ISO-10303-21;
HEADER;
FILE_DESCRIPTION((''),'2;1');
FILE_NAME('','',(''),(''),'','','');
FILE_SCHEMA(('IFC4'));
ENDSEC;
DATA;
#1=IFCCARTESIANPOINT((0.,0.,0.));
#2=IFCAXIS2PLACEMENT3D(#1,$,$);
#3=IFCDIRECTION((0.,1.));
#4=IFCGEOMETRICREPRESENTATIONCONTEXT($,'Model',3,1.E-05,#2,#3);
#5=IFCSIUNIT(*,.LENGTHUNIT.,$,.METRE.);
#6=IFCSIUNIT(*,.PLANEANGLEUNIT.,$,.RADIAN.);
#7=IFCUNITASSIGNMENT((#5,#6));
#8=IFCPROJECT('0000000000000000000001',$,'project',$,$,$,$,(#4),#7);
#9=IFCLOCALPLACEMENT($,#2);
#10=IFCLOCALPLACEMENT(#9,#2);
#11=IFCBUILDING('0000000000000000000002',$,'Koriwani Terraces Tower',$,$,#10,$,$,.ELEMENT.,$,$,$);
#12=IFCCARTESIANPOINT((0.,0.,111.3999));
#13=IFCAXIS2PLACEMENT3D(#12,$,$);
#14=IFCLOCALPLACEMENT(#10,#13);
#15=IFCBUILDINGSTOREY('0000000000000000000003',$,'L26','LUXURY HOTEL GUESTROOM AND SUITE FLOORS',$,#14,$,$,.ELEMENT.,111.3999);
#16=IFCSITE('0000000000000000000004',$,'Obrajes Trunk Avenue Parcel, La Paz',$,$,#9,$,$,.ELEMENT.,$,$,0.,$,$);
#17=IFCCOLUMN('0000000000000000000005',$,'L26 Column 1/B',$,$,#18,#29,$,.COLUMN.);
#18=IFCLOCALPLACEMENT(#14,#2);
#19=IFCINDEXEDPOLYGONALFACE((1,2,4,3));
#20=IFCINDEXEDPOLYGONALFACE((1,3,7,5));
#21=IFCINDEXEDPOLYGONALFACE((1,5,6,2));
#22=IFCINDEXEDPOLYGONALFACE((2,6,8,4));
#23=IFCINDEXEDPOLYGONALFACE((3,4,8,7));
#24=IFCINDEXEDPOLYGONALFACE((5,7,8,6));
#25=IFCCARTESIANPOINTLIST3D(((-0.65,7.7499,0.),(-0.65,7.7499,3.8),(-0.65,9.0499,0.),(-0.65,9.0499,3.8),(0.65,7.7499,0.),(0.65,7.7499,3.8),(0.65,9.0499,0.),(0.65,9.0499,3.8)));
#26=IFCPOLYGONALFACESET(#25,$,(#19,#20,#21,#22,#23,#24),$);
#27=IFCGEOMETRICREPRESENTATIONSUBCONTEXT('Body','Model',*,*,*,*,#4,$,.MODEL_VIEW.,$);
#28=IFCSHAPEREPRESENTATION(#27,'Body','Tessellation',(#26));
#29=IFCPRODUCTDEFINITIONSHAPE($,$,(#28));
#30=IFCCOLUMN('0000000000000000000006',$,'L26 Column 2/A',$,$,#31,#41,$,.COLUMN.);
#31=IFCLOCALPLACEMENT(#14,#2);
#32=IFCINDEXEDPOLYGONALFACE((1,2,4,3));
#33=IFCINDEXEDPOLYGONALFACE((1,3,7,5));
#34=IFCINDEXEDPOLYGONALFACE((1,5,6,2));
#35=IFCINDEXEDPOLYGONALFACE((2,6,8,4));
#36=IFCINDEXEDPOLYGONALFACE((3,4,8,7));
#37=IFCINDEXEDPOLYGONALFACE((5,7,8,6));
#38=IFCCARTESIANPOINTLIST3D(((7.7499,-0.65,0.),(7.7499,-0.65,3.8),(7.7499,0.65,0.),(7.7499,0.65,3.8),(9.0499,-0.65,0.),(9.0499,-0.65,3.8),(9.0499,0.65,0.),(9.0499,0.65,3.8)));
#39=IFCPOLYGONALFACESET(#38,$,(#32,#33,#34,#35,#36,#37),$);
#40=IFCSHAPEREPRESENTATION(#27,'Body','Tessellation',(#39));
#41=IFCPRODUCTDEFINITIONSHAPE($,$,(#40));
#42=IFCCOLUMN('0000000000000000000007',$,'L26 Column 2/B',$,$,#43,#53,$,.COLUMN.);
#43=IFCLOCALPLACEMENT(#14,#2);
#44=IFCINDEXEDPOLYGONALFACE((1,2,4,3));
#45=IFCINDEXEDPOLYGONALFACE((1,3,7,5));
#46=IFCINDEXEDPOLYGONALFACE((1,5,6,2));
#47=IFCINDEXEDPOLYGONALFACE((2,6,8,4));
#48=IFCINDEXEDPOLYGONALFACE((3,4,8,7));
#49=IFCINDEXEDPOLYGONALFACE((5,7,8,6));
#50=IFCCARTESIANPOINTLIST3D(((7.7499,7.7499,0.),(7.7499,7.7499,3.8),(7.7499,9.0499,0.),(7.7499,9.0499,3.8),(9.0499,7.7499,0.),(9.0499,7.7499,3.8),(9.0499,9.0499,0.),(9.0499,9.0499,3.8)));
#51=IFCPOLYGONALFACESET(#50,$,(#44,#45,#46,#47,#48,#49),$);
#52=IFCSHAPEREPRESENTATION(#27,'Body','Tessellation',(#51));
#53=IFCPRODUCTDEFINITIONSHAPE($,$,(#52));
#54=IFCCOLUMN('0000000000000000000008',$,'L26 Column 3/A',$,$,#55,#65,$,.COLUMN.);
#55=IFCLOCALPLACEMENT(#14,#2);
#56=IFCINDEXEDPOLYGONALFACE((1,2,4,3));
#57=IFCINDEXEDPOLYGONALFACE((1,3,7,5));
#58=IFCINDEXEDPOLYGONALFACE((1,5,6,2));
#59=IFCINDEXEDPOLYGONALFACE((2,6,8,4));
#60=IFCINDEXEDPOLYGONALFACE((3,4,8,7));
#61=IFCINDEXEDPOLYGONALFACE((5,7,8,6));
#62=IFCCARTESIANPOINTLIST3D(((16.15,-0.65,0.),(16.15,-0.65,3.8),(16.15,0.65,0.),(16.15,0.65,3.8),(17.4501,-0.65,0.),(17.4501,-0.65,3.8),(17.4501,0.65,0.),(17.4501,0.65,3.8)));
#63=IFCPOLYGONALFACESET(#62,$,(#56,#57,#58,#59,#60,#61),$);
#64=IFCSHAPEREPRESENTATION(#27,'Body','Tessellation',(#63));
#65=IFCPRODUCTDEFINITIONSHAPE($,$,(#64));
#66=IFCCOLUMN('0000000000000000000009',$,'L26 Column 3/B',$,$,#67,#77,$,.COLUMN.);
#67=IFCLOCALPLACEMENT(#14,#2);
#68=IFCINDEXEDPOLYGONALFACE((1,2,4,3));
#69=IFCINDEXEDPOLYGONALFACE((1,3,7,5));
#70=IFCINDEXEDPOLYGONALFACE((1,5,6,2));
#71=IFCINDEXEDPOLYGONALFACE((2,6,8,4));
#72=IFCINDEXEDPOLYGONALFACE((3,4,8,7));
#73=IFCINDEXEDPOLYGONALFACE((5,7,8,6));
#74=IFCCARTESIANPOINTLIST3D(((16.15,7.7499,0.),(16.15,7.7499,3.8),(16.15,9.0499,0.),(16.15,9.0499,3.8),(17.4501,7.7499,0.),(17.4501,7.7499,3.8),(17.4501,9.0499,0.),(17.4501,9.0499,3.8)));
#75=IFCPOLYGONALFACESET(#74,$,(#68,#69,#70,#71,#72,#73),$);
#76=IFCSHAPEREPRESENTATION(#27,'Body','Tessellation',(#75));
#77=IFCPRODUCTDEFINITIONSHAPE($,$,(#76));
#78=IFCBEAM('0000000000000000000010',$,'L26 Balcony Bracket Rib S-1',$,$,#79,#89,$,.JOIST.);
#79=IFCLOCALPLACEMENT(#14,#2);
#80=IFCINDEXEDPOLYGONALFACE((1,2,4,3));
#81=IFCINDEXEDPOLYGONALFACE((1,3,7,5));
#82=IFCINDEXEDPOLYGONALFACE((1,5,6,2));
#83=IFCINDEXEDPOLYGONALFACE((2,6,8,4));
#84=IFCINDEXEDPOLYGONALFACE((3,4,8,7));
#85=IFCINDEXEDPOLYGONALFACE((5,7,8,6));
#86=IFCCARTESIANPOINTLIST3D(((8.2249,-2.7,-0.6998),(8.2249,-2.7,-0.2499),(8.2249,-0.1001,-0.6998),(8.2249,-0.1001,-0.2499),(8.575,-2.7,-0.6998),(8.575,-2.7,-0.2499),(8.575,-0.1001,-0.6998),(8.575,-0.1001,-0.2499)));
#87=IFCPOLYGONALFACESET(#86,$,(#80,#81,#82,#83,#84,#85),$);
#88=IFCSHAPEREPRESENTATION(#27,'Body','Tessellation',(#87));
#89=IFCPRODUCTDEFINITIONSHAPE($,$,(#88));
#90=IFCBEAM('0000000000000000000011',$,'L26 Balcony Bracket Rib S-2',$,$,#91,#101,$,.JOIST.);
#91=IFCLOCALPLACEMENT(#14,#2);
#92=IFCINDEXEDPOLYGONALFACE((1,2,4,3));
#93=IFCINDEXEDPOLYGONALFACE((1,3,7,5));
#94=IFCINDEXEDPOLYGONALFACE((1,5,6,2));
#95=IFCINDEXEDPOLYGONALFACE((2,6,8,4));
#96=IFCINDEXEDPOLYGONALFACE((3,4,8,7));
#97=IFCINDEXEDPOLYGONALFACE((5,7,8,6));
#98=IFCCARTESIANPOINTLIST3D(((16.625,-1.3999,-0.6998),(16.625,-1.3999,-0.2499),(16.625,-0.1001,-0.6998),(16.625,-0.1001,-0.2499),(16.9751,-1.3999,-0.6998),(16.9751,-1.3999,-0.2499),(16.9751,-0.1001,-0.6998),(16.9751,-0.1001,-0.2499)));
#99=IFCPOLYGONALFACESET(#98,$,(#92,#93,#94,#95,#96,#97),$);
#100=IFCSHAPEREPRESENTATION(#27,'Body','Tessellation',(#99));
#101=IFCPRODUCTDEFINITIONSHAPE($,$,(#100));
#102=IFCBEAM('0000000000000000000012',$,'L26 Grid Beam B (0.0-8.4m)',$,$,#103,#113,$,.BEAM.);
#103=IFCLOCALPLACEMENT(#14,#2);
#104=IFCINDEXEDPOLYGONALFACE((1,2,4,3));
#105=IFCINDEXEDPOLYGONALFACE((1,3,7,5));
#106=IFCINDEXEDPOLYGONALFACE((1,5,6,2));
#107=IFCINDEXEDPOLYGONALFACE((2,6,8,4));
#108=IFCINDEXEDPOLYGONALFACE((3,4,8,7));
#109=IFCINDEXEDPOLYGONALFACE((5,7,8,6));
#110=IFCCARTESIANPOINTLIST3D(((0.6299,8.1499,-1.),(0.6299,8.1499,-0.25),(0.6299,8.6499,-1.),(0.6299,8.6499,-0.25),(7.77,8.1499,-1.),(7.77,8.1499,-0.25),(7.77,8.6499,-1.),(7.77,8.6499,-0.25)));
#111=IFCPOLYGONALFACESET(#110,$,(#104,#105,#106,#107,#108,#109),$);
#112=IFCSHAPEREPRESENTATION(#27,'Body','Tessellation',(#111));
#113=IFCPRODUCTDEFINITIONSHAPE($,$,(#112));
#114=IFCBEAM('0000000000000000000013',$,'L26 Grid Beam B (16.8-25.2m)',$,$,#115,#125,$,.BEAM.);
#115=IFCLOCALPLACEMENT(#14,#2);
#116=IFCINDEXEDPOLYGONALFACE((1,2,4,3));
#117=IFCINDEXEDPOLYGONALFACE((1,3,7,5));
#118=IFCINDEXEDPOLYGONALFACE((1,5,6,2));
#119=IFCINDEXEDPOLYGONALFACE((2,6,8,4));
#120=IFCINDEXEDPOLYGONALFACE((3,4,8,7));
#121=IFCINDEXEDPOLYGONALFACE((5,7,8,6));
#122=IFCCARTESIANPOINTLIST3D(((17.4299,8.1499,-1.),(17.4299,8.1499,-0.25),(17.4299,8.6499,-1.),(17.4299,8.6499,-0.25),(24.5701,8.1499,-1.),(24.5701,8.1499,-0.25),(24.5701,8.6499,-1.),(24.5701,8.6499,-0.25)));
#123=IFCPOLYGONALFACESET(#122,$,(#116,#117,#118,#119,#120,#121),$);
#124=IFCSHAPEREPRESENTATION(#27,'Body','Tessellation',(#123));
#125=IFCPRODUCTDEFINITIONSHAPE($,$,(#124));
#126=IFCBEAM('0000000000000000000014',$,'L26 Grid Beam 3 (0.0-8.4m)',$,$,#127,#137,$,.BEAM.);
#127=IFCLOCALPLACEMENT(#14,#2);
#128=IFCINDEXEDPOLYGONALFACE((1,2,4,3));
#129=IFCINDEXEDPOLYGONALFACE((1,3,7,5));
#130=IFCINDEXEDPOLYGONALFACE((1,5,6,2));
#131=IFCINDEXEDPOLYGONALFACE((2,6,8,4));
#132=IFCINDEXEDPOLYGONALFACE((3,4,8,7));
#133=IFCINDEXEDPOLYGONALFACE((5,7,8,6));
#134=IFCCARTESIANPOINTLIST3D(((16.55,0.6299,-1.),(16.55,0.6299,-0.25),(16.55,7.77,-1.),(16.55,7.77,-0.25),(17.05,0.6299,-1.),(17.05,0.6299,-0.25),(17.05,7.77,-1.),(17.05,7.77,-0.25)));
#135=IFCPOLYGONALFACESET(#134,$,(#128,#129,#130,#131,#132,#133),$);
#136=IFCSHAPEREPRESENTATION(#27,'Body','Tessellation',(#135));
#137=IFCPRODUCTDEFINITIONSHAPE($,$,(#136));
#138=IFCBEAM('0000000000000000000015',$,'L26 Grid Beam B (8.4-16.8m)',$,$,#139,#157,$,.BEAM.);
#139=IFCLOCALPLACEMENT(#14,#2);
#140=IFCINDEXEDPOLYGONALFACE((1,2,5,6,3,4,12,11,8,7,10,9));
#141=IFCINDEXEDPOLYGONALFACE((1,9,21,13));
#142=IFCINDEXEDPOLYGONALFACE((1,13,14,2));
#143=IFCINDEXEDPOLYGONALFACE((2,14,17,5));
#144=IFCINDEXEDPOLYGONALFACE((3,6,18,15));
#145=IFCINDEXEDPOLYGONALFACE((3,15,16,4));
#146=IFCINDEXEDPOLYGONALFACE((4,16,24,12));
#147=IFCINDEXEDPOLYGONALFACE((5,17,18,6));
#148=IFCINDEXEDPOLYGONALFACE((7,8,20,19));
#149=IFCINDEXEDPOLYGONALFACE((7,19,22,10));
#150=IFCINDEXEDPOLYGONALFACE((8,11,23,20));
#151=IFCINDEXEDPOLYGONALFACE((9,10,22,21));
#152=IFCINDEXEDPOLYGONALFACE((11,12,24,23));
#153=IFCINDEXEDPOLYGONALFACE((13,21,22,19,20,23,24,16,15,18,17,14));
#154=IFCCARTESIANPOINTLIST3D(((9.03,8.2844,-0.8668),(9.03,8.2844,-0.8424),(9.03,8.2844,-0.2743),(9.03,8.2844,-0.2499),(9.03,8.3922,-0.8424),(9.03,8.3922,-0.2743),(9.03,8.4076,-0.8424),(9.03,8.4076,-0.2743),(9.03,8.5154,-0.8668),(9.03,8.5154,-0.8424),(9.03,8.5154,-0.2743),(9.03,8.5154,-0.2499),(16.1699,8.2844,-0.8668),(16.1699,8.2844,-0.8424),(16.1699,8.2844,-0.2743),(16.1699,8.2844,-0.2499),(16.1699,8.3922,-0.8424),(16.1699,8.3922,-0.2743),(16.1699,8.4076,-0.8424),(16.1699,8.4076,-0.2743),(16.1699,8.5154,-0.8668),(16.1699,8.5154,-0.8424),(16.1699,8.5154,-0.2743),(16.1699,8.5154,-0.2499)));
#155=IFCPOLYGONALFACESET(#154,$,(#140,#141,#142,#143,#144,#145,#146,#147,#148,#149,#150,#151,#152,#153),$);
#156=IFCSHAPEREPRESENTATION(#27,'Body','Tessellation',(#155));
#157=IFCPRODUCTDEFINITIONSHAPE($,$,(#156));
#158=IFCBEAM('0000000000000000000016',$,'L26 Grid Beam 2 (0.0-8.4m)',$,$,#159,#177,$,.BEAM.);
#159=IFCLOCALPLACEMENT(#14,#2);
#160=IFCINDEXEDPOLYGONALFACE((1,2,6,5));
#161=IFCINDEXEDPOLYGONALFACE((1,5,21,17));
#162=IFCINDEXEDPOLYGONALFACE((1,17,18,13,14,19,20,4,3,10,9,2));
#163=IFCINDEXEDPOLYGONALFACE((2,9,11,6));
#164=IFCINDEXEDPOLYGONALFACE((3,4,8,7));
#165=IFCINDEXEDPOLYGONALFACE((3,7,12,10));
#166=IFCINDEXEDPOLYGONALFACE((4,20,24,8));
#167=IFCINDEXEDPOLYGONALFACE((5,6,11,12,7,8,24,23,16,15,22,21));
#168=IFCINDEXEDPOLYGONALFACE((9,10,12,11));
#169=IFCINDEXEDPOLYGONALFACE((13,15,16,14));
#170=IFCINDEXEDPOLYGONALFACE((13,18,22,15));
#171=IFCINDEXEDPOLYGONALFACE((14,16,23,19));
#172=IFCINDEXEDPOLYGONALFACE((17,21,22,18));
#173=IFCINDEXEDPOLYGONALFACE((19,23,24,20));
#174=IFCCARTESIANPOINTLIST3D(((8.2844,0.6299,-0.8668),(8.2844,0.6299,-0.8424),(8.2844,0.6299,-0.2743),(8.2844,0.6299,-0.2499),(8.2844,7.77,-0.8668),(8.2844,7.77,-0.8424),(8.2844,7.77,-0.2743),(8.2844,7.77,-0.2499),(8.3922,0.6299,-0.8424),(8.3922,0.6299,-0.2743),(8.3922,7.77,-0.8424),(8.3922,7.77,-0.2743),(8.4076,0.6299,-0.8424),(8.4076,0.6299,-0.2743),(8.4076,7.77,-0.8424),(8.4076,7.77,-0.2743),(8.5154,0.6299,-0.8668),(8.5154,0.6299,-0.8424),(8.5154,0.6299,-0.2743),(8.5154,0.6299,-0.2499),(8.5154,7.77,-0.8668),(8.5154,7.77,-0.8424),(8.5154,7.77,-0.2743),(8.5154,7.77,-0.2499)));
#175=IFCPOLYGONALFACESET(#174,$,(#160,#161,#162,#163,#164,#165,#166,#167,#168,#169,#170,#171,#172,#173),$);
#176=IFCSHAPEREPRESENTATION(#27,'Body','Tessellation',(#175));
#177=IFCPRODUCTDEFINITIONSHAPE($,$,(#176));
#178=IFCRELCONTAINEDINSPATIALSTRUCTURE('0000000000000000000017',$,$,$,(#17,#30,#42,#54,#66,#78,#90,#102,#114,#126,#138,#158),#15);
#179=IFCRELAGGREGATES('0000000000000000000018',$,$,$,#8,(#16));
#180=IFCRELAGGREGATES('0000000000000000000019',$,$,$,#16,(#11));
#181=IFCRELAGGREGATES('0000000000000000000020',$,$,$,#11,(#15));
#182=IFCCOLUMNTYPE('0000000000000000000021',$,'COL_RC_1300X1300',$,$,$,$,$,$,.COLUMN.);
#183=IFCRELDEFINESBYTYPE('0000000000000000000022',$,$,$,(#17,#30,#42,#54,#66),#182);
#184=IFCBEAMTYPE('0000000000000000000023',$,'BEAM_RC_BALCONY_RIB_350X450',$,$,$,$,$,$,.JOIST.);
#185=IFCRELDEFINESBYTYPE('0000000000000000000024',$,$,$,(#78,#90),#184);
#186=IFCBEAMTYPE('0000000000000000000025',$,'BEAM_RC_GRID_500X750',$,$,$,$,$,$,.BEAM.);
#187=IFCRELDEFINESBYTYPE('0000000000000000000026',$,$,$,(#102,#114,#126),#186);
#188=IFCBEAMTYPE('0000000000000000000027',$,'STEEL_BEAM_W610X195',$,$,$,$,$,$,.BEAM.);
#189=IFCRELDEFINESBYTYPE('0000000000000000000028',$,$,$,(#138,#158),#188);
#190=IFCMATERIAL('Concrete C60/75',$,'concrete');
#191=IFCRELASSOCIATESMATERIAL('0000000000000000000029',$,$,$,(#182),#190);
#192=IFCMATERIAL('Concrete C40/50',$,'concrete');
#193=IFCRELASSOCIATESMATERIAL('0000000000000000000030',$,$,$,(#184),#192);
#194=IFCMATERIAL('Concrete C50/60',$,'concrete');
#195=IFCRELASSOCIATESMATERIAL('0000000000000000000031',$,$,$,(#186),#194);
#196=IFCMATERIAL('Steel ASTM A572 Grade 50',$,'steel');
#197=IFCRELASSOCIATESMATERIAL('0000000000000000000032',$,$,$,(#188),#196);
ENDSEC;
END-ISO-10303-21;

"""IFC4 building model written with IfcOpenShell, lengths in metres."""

from ifc_helpers import new_model, si_unit, direction, frame, origin, origin_2d, place, context, subcontext, project, spatial, rectangle, i_section, extrude, material, material_profile, profile_set, type_object, element, save


model = new_model("IFC4")

# Units and contexts
model_context = context("Model", 3, precision=1e-05, world=origin(), true_north=direction((0.0, 1.0)))
body_context = subcontext(model_context, "Body", "Model", "MODEL_VIEW")
ifc_project = project(units=[si_unit("LENGTHUNIT", "METRE"), si_unit("PLANEANGLEUNIT", "RADIAN")], contexts=[model_context])

# Site, building, storey
site_placement = place(None, origin())
site = spatial("IfcSite", under=ifc_project, at=site_placement, Name="Obrajes Trunk Avenue Parcel, La Paz", CompositionType="ELEMENT", RefElevation=0.0)
building_placement = place(site_placement, origin())
building = spatial("IfcBuilding", under=site, at=building_placement, Name="Koriwani Terraces Tower", CompositionType="ELEMENT")
storey_placement = place(building_placement, frame((0.0, 0.0, 111.3999)))
storey = spatial("IfcBuildingStorey", under=building, at=storey_placement, Name="L26", Description="LUXURY HOTEL GUESTROOM AND SUITE FLOORS", CompositionType="ELEMENT", Elevation=111.3999)

# Columns
ifc_material_1 = material(Name="Concrete C60/75", Category="concrete")
ifc_material_profile_1 = material_profile(ifc_material_1, rectangle(XDim=1.3, YDim=1.3, at=origin_2d()), Name="Concrete C60/75", Category="LoadBearing")
ifc_profile_set_1 = profile_set([ifc_material_profile_1], Name="Concrete C60/75")
column_type = type_object("IfcColumnType", Name="COL_RC_1300X1300", PredefinedType="COLUMN", material=ifc_profile_set_1)
for number, where, z_axis, x_axis, name in (
    (1, (0.0, 8.3999, 0.0), (0.0, 0.0, 1.0), (1.0, 0.0, 0.0), "L26 Column 1/B"),
    (2, (8.3999, 0.0, 0.0), (0.0, 0.0, 1.0), (1.0, 0.0, 0.0), "L26 Column 2/A"),
    (3, (8.3999, 8.3999, 0.0), (0.0, 0.0, 1.0), (1.0, 0.0, 0.0), "L26 Column 2/B"),
    (4, (16.8, 0.0, 0.0), (0.0, 0.0, 1.0), (1.0, 0.0, 0.0), "L26 Column 3/A"),
    (5, (16.8, 8.3999, 0.0), (0.0, 0.0, 1.0), (1.0, 0.0, 0.0), "L26 Column 3/B"),
):
    element("IfcColumn", number, at=place(storey_placement, frame(where, z_axis=z_axis, x_axis=x_axis)), inside=storey, type_object=column_type, Name=name, PredefinedType="COLUMN", context=body_context, shape_type="SweptSolid", body=[
        extrude(rectangle(XDim=1.3, YDim=1.3, at=origin_2d()), origin(), (0.0, 0.0, 1.0), 3.8),
    ])

# Beams
ifc_material_2 = material(Name="Concrete C40/50", Category="concrete")
ifc_material_profile_2 = material_profile(ifc_material_2, rectangle(XDim=0.3501, YDim=0.45, at=origin_2d()), Name="Concrete C40/50", Category="LoadBearing")
ifc_profile_set_2 = profile_set([ifc_material_profile_2], Name="Concrete C40/50")
beam_type_1 = type_object("IfcBeamType", Name="BEAM_RC_BALCONY_RIB_350X450", PredefinedType="JOIST", material=ifc_profile_set_2)
beam_1_placement = place(storey_placement, frame((8.3999, -2.7, -0.4749), z_axis=(0.0, 1.0, 0.0), x_axis=(-1.0, 0.0, 0.0)))
element("IfcBeam", 6, at=beam_1_placement, inside=storey, type_object=beam_type_1, Name="L26 Balcony Bracket Rib S-1", PredefinedType="JOIST", context=body_context, shape_type="SweptSolid", body=[
    extrude(rectangle(XDim=0.3501, YDim=0.45, at=origin_2d()), origin(), (0.0, 0.0, 1.0), 2.5999),
])
beam_2_placement = place(storey_placement, frame((16.8, -1.3999, -0.4749), z_axis=(0.0, 1.0, 0.0), x_axis=(-1.0, 0.0, 0.0)))
element("IfcBeam", 7, at=beam_2_placement, inside=storey, type_object=beam_type_1, Name="L26 Balcony Bracket Rib S-2", PredefinedType="JOIST", context=body_context, shape_type="SweptSolid", body=[
    extrude(rectangle(XDim=0.3501, YDim=0.45, at=origin_2d()), origin(), (0.0, 0.0, 1.0), 1.2998),
])
ifc_material_3 = material(Name="Concrete C50/60", Category="concrete")
ifc_material_profile_3 = material_profile(ifc_material_3, rectangle(XDim=0.5, YDim=0.75, at=origin_2d()), Name="Concrete C50/60", Category="LoadBearing")
ifc_profile_set_3 = profile_set([ifc_material_profile_3], Name="Concrete C50/60")
beam_type_2 = type_object("IfcBeamType", Name="BEAM_RC_GRID_500X750", PredefinedType="BEAM", material=ifc_profile_set_3)
for number, where, z_axis, x_axis, name in (
    (8, (0.6299, 8.3999, -0.625), (1.0, 0.0, 0.0), (0.0, 1.0, 0.0), "L26 Grid Beam B (0.0-8.4m)"),
    (9, (17.4299, 8.3999, -0.625), (1.0, 0.0, 0.0), (0.0, 1.0, 0.0), "L26 Grid Beam B (16.8-25.2m)"),
    (10, (16.8, 0.6299, -0.625), (0.0, 1.0, 0.0), (-1.0, 0.0, 0.0), "L26 Grid Beam 3 (0.0-8.4m)"),
):
    element("IfcBeam", number, at=place(storey_placement, frame(where, z_axis=z_axis, x_axis=x_axis)), inside=storey, type_object=beam_type_2, Name=name, PredefinedType="BEAM", context=body_context, shape_type="SweptSolid", body=[
        extrude(rectangle(XDim=0.5, YDim=0.75, at=origin_2d()), origin(), (0.0, 0.0, 1.0), 7.1401),
    ])
ifc_material_4 = material(Name="Steel ASTM A572 Grade 50", Category="steel")
ifc_material_profile_4 = material_profile(ifc_material_4, i_section(OverallWidth=0.231, OverallDepth=0.6169, WebThickness=0.0154, FlangeThickness=0.0244, at=origin_2d()), Name="Steel ASTM A572 Grade 50", Category="LoadBearing")
ifc_profile_set_4 = profile_set([ifc_material_profile_4], Name="Steel ASTM A572 Grade 50")
beam_type_3 = type_object("IfcBeamType", Name="STEEL_BEAM_W610X195", PredefinedType="BEAM", material=ifc_profile_set_4)
beam_3_placement = place(storey_placement, frame((9.03, 8.3999, -0.5583), z_axis=(1.0, 0.0, 0.0), x_axis=(0.0, 1.0, 0.0)))
element("IfcBeam", 11, at=beam_3_placement, inside=storey, type_object=beam_type_3, Name="L26 Grid Beam B (8.4-16.8m)", PredefinedType="BEAM", context=body_context, shape_type="SweptSolid", body=[
    extrude(i_section(OverallWidth=0.231, OverallDepth=0.6169, WebThickness=0.0154, FlangeThickness=0.0244, at=origin_2d()), origin(), (0.0, 0.0, 1.0), 7.1399),
])
beam_4_placement = place(storey_placement, frame((8.3999, 0.6299, -0.5583), z_axis=(0.0, 1.0, 0.0), x_axis=(-1.0, 0.0, 0.0)))
element("IfcBeam", 12, at=beam_4_placement, inside=storey, type_object=beam_type_3, Name="L26 Grid Beam 2 (0.0-8.4m)", PredefinedType="BEAM", context=body_context, shape_type="SweptSolid", body=[
    extrude(i_section(OverallWidth=0.231, OverallDepth=0.6169, WebThickness=0.0154, FlangeThickness=0.0244, at=origin_2d()), origin(), (0.0, 0.0, 1.0), 7.1401),
])

save(model, "model.ifc")
